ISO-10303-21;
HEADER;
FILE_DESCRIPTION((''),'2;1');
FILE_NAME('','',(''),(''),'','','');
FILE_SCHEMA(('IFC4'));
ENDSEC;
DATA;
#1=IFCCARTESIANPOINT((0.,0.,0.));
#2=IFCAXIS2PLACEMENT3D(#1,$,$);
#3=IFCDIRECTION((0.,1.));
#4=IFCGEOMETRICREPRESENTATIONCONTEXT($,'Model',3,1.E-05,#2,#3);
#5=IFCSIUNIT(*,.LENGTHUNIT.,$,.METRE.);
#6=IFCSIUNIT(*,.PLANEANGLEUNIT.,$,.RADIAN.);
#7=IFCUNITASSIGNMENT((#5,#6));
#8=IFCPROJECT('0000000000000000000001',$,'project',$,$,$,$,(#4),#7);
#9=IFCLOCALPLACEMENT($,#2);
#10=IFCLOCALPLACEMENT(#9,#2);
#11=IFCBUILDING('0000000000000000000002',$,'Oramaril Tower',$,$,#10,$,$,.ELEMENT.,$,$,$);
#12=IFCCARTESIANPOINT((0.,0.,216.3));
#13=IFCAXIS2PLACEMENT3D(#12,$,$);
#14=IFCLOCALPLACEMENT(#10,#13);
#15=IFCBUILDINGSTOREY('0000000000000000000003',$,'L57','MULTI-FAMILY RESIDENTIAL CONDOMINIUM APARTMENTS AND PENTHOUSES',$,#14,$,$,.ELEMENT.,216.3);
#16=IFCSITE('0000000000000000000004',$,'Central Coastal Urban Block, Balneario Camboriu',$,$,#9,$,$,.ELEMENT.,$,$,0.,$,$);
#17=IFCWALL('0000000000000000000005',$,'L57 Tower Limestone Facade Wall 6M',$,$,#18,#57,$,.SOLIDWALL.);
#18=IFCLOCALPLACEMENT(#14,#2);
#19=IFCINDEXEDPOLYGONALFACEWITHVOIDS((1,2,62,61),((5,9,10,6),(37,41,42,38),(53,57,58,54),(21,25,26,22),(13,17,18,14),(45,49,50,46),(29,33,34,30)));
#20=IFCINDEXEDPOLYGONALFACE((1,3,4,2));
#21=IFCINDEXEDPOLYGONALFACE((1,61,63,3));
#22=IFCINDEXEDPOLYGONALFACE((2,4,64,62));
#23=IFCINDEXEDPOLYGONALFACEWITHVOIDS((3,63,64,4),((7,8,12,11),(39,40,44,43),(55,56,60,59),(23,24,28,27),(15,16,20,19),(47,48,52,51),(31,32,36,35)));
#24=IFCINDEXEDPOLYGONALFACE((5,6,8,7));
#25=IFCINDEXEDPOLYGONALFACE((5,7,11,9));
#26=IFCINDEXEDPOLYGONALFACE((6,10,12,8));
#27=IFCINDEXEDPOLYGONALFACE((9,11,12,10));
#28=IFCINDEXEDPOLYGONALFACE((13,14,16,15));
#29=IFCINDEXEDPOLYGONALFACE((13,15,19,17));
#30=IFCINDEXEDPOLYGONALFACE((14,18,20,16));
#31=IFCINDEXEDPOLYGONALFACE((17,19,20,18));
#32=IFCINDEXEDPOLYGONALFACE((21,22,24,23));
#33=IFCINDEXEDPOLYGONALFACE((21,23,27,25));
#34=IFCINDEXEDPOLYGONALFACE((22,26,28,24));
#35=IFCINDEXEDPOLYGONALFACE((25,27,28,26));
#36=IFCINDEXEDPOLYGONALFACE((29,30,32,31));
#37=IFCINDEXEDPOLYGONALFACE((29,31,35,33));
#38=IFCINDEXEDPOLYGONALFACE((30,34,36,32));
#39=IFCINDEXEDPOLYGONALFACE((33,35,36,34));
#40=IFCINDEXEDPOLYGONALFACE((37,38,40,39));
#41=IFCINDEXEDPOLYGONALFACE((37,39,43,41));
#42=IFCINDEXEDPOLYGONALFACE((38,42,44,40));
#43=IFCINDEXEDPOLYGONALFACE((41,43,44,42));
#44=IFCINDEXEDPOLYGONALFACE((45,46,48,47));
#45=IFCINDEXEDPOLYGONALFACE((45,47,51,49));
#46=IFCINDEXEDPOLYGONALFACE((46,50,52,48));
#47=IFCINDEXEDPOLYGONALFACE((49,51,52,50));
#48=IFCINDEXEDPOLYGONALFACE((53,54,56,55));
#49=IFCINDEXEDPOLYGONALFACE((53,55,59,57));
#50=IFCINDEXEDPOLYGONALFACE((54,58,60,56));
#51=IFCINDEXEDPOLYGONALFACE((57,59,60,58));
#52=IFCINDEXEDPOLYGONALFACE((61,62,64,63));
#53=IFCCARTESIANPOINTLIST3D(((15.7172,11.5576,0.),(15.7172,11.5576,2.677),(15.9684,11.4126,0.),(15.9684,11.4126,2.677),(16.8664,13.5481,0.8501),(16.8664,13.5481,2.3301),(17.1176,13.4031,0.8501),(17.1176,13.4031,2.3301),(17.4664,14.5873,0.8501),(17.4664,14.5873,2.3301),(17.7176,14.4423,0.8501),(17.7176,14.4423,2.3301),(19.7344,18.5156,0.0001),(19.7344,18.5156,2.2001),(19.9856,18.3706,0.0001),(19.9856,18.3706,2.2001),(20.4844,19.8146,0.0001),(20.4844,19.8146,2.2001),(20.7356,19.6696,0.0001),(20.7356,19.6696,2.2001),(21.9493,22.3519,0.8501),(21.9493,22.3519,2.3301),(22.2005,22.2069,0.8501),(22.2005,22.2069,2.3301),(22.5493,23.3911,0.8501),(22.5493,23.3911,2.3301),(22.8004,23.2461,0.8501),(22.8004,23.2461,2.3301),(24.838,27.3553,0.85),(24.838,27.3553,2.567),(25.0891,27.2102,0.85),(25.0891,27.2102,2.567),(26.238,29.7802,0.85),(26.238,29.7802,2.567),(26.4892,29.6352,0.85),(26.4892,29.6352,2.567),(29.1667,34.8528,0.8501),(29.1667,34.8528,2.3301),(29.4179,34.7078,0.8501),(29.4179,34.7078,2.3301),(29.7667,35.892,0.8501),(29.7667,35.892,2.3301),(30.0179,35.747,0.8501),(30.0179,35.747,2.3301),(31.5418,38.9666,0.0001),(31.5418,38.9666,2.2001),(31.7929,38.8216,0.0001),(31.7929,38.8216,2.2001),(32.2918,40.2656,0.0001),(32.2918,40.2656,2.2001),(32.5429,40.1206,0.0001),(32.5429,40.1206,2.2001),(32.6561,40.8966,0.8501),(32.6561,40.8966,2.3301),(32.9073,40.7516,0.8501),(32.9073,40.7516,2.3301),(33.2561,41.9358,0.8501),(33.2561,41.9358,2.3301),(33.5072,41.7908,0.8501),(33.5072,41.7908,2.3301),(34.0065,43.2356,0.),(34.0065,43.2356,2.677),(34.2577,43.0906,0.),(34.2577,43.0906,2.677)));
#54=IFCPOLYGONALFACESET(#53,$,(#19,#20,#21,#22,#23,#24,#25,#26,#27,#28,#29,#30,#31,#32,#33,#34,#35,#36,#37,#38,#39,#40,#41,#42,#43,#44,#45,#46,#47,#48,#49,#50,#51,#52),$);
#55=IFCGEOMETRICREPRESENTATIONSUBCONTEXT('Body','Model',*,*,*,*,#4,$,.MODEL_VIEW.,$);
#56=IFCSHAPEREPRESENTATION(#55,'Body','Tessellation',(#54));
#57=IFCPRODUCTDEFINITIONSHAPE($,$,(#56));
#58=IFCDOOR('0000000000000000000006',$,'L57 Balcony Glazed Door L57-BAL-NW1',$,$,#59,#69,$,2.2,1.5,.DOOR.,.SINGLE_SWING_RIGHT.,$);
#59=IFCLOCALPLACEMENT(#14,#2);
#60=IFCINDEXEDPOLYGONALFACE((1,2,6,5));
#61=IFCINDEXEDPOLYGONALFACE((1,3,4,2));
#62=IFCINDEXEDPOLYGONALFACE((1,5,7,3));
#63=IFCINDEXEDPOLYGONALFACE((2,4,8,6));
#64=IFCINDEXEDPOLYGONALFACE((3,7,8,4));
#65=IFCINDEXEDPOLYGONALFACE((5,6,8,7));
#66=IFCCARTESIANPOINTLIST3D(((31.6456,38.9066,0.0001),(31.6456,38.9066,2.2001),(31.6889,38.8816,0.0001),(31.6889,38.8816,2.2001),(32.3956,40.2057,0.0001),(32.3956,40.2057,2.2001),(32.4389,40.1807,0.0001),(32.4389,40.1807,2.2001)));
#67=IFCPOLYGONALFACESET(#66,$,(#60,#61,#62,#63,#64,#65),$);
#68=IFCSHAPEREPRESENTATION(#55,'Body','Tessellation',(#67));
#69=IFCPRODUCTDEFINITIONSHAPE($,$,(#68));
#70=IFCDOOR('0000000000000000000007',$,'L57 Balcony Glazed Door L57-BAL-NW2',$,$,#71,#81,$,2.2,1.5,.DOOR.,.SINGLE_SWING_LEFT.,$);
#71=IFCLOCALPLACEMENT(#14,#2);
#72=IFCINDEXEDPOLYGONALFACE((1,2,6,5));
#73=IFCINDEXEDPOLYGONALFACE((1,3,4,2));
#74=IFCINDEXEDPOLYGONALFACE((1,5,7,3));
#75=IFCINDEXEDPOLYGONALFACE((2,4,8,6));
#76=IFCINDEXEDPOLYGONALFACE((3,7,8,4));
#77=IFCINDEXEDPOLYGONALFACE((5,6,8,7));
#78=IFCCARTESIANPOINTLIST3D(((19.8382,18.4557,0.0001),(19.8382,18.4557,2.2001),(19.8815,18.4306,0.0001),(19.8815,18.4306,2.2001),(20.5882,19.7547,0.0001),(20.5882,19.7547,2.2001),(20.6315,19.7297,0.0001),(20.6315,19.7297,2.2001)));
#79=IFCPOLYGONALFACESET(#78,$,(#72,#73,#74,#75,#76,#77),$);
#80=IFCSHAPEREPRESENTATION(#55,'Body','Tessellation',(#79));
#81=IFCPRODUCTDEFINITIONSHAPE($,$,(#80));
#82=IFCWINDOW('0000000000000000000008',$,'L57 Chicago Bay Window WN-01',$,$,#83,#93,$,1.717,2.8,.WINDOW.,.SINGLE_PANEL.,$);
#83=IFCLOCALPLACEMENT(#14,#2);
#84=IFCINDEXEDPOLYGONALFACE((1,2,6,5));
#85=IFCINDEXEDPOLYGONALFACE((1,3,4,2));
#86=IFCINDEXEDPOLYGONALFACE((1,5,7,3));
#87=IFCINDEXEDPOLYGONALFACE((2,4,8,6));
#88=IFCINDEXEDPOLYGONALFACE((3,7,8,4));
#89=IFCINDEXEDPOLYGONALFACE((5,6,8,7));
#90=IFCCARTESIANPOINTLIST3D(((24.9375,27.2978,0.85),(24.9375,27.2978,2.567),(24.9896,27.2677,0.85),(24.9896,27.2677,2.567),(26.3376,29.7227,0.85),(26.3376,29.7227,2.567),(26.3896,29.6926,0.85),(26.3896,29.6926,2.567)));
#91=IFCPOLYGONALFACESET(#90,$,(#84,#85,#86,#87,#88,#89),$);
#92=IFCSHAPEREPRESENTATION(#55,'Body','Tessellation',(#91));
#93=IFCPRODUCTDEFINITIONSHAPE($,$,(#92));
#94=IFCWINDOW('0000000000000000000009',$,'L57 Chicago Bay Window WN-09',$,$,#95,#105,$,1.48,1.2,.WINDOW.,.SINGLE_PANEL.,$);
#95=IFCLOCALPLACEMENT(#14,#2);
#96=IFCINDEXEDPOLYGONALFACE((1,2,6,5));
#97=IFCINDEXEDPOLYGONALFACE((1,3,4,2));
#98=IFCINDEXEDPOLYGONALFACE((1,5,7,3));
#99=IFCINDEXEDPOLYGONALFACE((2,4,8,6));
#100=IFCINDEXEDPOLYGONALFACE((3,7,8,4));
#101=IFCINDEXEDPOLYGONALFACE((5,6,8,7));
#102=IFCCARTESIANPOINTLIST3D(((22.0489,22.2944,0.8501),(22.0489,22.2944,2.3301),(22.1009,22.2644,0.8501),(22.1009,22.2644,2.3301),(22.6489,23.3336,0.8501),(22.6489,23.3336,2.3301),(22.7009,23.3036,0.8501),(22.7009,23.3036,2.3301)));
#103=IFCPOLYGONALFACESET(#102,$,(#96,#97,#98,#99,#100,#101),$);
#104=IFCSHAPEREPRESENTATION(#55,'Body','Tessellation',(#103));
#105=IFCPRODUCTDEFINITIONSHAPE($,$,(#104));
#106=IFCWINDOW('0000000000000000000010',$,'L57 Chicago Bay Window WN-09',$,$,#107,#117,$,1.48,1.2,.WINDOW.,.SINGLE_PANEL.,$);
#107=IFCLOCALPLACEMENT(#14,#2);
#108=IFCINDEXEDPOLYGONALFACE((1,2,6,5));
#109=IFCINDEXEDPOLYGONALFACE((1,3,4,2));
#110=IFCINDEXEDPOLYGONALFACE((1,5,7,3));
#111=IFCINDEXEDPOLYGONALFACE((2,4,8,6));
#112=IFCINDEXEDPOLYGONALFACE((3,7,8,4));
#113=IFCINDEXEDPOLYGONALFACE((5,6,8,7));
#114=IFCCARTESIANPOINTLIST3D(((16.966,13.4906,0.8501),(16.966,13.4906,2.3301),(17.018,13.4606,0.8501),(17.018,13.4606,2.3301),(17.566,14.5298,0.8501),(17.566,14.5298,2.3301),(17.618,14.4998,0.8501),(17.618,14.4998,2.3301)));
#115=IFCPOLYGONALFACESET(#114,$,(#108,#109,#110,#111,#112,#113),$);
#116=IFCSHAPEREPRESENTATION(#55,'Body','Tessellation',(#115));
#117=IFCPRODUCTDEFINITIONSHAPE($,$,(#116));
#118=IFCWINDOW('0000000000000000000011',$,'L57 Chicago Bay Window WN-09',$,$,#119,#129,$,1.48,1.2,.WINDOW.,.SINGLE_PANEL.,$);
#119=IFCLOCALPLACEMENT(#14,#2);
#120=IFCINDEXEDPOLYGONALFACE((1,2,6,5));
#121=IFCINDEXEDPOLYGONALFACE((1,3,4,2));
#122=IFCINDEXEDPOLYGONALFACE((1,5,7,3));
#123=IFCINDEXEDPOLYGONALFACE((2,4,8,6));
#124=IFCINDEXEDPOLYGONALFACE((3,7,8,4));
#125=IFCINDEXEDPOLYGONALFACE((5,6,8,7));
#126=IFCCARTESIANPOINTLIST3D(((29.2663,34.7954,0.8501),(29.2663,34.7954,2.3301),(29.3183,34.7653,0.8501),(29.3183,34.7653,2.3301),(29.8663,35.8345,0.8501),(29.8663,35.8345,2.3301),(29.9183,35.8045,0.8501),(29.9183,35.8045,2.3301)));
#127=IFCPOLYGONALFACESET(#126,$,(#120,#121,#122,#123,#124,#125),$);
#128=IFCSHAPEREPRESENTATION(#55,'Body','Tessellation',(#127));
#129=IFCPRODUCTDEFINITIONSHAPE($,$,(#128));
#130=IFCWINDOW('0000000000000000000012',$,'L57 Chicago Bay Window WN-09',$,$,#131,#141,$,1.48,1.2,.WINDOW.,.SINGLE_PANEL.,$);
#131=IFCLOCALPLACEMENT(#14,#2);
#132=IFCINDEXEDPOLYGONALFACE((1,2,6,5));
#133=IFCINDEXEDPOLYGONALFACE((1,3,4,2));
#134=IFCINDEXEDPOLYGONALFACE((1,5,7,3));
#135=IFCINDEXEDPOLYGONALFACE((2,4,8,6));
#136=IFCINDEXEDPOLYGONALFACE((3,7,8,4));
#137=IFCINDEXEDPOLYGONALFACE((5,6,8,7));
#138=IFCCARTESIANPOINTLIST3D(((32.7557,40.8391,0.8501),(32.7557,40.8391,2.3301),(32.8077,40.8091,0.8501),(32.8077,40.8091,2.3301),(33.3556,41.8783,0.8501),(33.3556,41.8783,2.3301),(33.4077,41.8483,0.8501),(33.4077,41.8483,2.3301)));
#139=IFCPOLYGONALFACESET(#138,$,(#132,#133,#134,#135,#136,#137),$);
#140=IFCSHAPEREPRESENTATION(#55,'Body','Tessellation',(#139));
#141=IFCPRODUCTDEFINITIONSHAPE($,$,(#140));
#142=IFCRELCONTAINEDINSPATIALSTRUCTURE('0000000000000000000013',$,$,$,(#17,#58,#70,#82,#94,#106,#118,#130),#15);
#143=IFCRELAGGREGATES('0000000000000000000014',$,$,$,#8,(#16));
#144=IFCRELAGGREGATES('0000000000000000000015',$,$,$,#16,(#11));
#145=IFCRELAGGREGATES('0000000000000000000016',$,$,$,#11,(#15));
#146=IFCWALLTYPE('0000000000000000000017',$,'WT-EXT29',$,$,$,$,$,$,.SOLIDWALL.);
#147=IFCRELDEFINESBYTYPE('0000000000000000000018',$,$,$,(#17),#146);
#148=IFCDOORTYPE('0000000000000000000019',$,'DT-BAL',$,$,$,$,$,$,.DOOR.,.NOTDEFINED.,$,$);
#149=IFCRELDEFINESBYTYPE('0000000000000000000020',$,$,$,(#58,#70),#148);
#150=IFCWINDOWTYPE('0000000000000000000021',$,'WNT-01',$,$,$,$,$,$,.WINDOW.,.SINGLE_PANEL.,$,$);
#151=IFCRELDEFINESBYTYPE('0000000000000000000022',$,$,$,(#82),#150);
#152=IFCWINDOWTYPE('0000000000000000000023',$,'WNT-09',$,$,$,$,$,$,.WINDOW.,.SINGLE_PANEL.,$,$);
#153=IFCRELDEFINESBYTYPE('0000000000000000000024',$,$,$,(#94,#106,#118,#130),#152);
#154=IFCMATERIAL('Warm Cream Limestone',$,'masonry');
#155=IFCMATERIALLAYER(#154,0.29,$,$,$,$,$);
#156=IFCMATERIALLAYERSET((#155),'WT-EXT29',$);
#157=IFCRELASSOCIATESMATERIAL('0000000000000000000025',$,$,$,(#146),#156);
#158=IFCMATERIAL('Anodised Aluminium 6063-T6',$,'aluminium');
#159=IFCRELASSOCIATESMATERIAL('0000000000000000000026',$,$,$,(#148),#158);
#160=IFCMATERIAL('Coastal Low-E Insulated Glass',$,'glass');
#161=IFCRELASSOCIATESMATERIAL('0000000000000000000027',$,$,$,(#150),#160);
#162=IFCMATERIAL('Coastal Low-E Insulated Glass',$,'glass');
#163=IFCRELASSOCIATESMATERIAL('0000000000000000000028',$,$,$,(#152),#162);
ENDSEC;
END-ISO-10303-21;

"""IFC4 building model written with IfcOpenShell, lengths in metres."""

from ifc_helpers import new_model, si_unit, direction, frame, frame_2d, origin, place, context, subcontext, project, spatial, rectangle, extrude, material, layer, layer_set, type_object, element, fill, save


model = new_model("IFC4")

# Units and contexts
model_context = context("Model", 3, precision=1e-05, world=origin(), true_north=direction((0.0, 1.0)))
body_context = subcontext(model_context, "Body", "Model", "MODEL_VIEW")
ifc_project = project(units=[si_unit("LENGTHUNIT", "METRE"), si_unit("PLANEANGLEUNIT", "RADIAN")], contexts=[model_context])

# Site, building, storey
site_placement = place(None, origin())
site = spatial("IfcSite", under=ifc_project, at=site_placement, Name="Central Coastal Urban Block, Balneario Camboriu", CompositionType="ELEMENT", RefElevation=0.0)
building_placement = place(site_placement, origin())
building = spatial("IfcBuilding", under=site, at=building_placement, Name="Oramaril Tower", CompositionType="ELEMENT")
storey_placement = place(building_placement, frame((0.0, 0.0, 216.3)))
storey = spatial("IfcBuildingStorey", under=building, at=storey_placement, Name="L57", Description="MULTI-FAMILY RESIDENTIAL CONDOMINIUM APARTMENTS AND PENTHOUSES", CompositionType="ELEMENT", Elevation=216.3)

# Shared definitions
ifc_material_1 = material(Name="Warm Cream Limestone", Category="masonry")
ifc_layer_1 = layer(ifc_material_1, 0.29)
ifc_layer_set_1 = layer_set([ifc_layer_1], Name="WT-EXT29")
wall_type_1 = type_object("IfcWallType", Name="WT-EXT29", PredefinedType="SOLIDWALL", material=ifc_layer_set_1)

# Wall, openings, doors, windows
wall_1_placement = place(storey_placement, frame((34.1321, 43.1631, 0.0), z_axis=(0.0, 0.0, 1.0), x_axis=(-0.5, -0.866025, 0.0)))
wall_1 = element("IfcWall", 1, at=wall_1_placement, inside=storey, type_object=wall_type_1, Name="L57 Tower Limestone Facade Wall 6M", PredefinedType="SOLIDWALL", context=body_context, shape_type="SweptSolid", body=[
    extrude(rectangle(XDim=36.5786, YDim=0.29, at=frame_2d((18.2893, 0.0))), origin(), (0.0, 0.0, 1.0), 2.677),
])
opening_1_placement = place(wall_1_placement, frame((3.4294, 0.0, 0.0)))
opening_1 = element("IfcOpeningElement", 2, at=opening_1_placement, cuts=wall_1, PredefinedType="OPENING", context=body_context, shape_type="SweptSolid", body=[
    extrude(rectangle(XDim=1.5, YDim=2.2, at=frame_2d((0.75, 1.1001))), frame((0.0, 0.145, 0.0), z_axis=(0.0, -1.0, 0.0), x_axis=(1.0, 0.0, 0.0)), (0.0, 0.0, 1.0), 0.29),
])
opening_2_placement = place(wall_1_placement, frame((27.0442, 0.0, 0.0)))
opening_2 = element("IfcOpeningElement", 3, at=opening_2_placement, cuts=wall_1, PredefinedType="OPENING", context=body_context, shape_type="SweptSolid", body=[
    extrude(rectangle(XDim=1.5, YDim=2.2, at=frame_2d((0.75, 1.1001))), frame((0.0, 0.145, 0.0), z_axis=(0.0, -1.0, 0.0), x_axis=(1.0, 0.0, 0.0)), (0.0, 0.0, 1.0), 0.29),
])
opening_3_placement = place(wall_1_placement, frame((22.9143, 0.0, 0.8501)))
opening_3 = element("IfcOpeningElement", 4, at=opening_3_placement, cuts=wall_1, PredefinedType="OPENING", context=body_context, shape_type="SweptSolid", body=[
    extrude(rectangle(XDim=1.2, YDim=1.48, at=frame_2d((0.6001, 0.74))), frame((0.0, 0.145, 0.0), z_axis=(0.0, -1.0, 0.0), x_axis=(1.0, 0.0, 0.0)), (0.0, 0.0, 1.0), 0.29),
])
opening_4_placement = place(wall_1_placement, frame((33.0801, 0.0, 0.8501)))
opening_4 = element("IfcOpeningElement", 5, at=opening_4_placement, cuts=wall_1, PredefinedType="OPENING", context=body_context, shape_type="SweptSolid", body=[
    extrude(rectangle(XDim=1.2, YDim=1.48, at=frame_2d((0.6001, 0.74))), frame((0.0, 0.145, 0.0), z_axis=(0.0, -1.0, 0.0), x_axis=(1.0, 0.0, 0.0)), (0.0, 0.0, 1.0), 0.29),
])
opening_5_placement = place(wall_1_placement, frame((8.4795, 0.0, 0.8501)))
opening_5 = element("IfcOpeningElement", 6, at=opening_5_placement, cuts=wall_1, PredefinedType="OPENING", context=body_context, shape_type="SweptSolid", body=[
    extrude(rectangle(XDim=1.2, YDim=1.48, at=frame_2d((0.6001, 0.74))), frame((0.0, 0.145, 0.0), z_axis=(0.0, -1.0, 0.0), x_axis=(1.0, 0.0, 0.0)), (0.0, 0.0, 1.0), 0.29),
])
opening_6_placement = place(wall_1_placement, frame((15.5371, 0.0, 0.8501)))
opening_6 = element("IfcOpeningElement", 7, at=opening_6_placement, cuts=wall_1, PredefinedType="OPENING", context=body_context, shape_type="SweptSolid", body=[
    extrude(rectangle(XDim=2.8, YDim=1.717, at=frame_2d((1.3999, 0.8584))), frame((0.0, 0.145, 0.0), z_axis=(0.0, -1.0, 0.0), x_axis=(1.0, 0.0, 0.0)), (0.0, 0.0, 1.0), 0.29),
])
opening_7_placement = place(wall_1_placement, frame((1.5007, 0.0, 0.8501)))
opening_7 = element("IfcOpeningElement", 8, at=opening_7_placement, cuts=wall_1, PredefinedType="OPENING", context=body_context, shape_type="SweptSolid", body=[
    extrude(rectangle(XDim=1.2, YDim=1.48, at=frame_2d((0.6001, 0.74))), frame((0.0, 0.145, 0.0), z_axis=(0.0, -1.0, 0.0), x_axis=(1.0, 0.0, 0.0)), (0.0, 0.0, 1.0), 0.29),
])
ifc_material_2 = material(Name="Anodised Aluminium 6063-T6", Category="aluminium")
door_type_1 = type_object("IfcDoorType", Name="DT-BAL", OperationType="NOTDEFINED", PredefinedType="DOOR", material=ifc_material_2)
door_1_placement = place(opening_1_placement, origin())
door_1 = element("IfcDoor", 9, at=door_1_placement, inside=storey, type_object=door_type_1, Name="L57 Balcony Glazed Door L57-BAL-NW1", OperationType="SINGLE_SWING_RIGHT", OverallHeight=2.2, OverallWidth=1.5, PredefinedType="DOOR", context=body_context, shape_type="SweptSolid", body=[
    extrude(rectangle(XDim=1.5, YDim=2.2, at=frame_2d((0.75, 1.1001))), frame((0.0, 0.0249, 0.0), z_axis=(0.0, -1.0, 0.0), x_axis=(1.0, 0.0, 0.0)), (0.0, 0.0, 1.0), 0.05),
])
fill(opening_1, door_1)
door_2_placement = place(opening_2_placement, origin())
door_2 = element("IfcDoor", 10, at=door_2_placement, inside=storey, type_object=door_type_1, Name="L57 Balcony Glazed Door L57-BAL-NW2", OperationType="SINGLE_SWING_LEFT", OverallHeight=2.2, OverallWidth=1.5, PredefinedType="DOOR", context=body_context, shape_type="SweptSolid", body=[
    extrude(rectangle(XDim=1.5, YDim=2.2, at=frame_2d((0.75, 1.1001))), frame((0.0, 0.0249, 0.0), z_axis=(0.0, -1.0, 0.0), x_axis=(1.0, 0.0, 0.0)), (0.0, 0.0, 1.0), 0.05),
])
fill(opening_2, door_2)
ifc_material_3 = material(Name="Coastal Low-E Insulated Glass", Category="glass")
window_type_1 = type_object("IfcWindowType", Name="WNT-01", PartitioningType="SINGLE_PANEL", PredefinedType="WINDOW", material=ifc_material_3)
window_1_placement = place(opening_6_placement, origin())
window_1 = element("IfcWindow", 11, at=window_1_placement, inside=storey, type_object=window_type_1, Name="L57 Chicago Bay Window WN-01", OverallHeight=1.717, OverallWidth=2.8, PartitioningType="SINGLE_PANEL", PredefinedType="WINDOW", context=body_context, shape_type="SweptSolid", body=[
    extrude(rectangle(XDim=2.8, YDim=1.717, at=frame_2d((1.3999, 0.8584))), frame((0.0, 0.03, 0.0), z_axis=(0.0, -1.0, 0.0), x_axis=(1.0, 0.0, 0.0)), (0.0, 0.0, 1.0), 0.0601),
])
fill(opening_6, window_1)
ifc_material_4 = material(Name="Coastal Low-E Insulated Glass", Category="glass")
window_type_2 = type_object("IfcWindowType", Name="WNT-09", PartitioningType="SINGLE_PANEL", PredefinedType="WINDOW", material=ifc_material_4)
window_2_placement = place(opening_3_placement, origin())
window_2 = element("IfcWindow", 12, at=window_2_placement, inside=storey, type_object=window_type_2, Name="L57 Chicago Bay Window WN-09", OverallHeight=1.48, OverallWidth=1.2, PartitioningType="SINGLE_PANEL", PredefinedType="WINDOW", context=body_context, shape_type="SweptSolid", body=[
    extrude(rectangle(XDim=1.2, YDim=1.48, at=frame_2d((0.6001, 0.74))), frame((0.0, 0.03, 0.0), z_axis=(0.0, -1.0, 0.0), x_axis=(1.0, 0.0, 0.0)), (0.0, 0.0, 1.0), 0.0601),
])
fill(opening_3, window_2)
window_3_placement = place(opening_4_placement, origin())
window_3 = element("IfcWindow", 13, at=window_3_placement, inside=storey, type_object=window_type_2, Name="L57 Chicago Bay Window WN-09", OverallHeight=1.48, OverallWidth=1.2, PartitioningType="SINGLE_PANEL", PredefinedType="WINDOW", context=body_context, shape_type="SweptSolid", body=[
    extrude(rectangle(XDim=1.2, YDim=1.48, at=frame_2d((0.6001, 0.74))), frame((0.0, 0.03, 0.0), z_axis=(0.0, -1.0, 0.0), x_axis=(1.0, 0.0, 0.0)), (0.0, 0.0, 1.0), 0.0601),
])
fill(opening_4, window_3)
window_4_placement = place(opening_5_placement, origin())
window_4 = element("IfcWindow", 14, at=window_4_placement, inside=storey, type_object=window_type_2, Name="L57 Chicago Bay Window WN-09", OverallHeight=1.48, OverallWidth=1.2, PartitioningType="SINGLE_PANEL", PredefinedType="WINDOW", context=body_context, shape_type="SweptSolid", body=[
    extrude(rectangle(XDim=1.2, YDim=1.48, at=frame_2d((0.6001, 0.74))), frame((0.0, 0.03, 0.0), z_axis=(0.0, -1.0, 0.0), x_axis=(1.0, 0.0, 0.0)), (0.0, 0.0, 1.0), 0.0601),
])
fill(opening_5, window_4)
window_5_placement = place(opening_7_placement, origin())
window_5 = element("IfcWindow", 15, at=window_5_placement, inside=storey, type_object=window_type_2, Name="L57 Chicago Bay Window WN-09", OverallHeight=1.48, OverallWidth=1.2, PartitioningType="SINGLE_PANEL", PredefinedType="WINDOW", context=body_context, shape_type="SweptSolid", body=[
    extrude(rectangle(XDim=1.2, YDim=1.48, at=frame_2d((0.6001, 0.74))), frame((0.0, 0.03, 0.0), z_axis=(0.0, -1.0, 0.0), x_axis=(1.0, 0.0, 0.0)), (0.0, 0.0, 1.0), 0.0601),
])
fill(opening_7, window_5)

save(model, "model.ifc")
